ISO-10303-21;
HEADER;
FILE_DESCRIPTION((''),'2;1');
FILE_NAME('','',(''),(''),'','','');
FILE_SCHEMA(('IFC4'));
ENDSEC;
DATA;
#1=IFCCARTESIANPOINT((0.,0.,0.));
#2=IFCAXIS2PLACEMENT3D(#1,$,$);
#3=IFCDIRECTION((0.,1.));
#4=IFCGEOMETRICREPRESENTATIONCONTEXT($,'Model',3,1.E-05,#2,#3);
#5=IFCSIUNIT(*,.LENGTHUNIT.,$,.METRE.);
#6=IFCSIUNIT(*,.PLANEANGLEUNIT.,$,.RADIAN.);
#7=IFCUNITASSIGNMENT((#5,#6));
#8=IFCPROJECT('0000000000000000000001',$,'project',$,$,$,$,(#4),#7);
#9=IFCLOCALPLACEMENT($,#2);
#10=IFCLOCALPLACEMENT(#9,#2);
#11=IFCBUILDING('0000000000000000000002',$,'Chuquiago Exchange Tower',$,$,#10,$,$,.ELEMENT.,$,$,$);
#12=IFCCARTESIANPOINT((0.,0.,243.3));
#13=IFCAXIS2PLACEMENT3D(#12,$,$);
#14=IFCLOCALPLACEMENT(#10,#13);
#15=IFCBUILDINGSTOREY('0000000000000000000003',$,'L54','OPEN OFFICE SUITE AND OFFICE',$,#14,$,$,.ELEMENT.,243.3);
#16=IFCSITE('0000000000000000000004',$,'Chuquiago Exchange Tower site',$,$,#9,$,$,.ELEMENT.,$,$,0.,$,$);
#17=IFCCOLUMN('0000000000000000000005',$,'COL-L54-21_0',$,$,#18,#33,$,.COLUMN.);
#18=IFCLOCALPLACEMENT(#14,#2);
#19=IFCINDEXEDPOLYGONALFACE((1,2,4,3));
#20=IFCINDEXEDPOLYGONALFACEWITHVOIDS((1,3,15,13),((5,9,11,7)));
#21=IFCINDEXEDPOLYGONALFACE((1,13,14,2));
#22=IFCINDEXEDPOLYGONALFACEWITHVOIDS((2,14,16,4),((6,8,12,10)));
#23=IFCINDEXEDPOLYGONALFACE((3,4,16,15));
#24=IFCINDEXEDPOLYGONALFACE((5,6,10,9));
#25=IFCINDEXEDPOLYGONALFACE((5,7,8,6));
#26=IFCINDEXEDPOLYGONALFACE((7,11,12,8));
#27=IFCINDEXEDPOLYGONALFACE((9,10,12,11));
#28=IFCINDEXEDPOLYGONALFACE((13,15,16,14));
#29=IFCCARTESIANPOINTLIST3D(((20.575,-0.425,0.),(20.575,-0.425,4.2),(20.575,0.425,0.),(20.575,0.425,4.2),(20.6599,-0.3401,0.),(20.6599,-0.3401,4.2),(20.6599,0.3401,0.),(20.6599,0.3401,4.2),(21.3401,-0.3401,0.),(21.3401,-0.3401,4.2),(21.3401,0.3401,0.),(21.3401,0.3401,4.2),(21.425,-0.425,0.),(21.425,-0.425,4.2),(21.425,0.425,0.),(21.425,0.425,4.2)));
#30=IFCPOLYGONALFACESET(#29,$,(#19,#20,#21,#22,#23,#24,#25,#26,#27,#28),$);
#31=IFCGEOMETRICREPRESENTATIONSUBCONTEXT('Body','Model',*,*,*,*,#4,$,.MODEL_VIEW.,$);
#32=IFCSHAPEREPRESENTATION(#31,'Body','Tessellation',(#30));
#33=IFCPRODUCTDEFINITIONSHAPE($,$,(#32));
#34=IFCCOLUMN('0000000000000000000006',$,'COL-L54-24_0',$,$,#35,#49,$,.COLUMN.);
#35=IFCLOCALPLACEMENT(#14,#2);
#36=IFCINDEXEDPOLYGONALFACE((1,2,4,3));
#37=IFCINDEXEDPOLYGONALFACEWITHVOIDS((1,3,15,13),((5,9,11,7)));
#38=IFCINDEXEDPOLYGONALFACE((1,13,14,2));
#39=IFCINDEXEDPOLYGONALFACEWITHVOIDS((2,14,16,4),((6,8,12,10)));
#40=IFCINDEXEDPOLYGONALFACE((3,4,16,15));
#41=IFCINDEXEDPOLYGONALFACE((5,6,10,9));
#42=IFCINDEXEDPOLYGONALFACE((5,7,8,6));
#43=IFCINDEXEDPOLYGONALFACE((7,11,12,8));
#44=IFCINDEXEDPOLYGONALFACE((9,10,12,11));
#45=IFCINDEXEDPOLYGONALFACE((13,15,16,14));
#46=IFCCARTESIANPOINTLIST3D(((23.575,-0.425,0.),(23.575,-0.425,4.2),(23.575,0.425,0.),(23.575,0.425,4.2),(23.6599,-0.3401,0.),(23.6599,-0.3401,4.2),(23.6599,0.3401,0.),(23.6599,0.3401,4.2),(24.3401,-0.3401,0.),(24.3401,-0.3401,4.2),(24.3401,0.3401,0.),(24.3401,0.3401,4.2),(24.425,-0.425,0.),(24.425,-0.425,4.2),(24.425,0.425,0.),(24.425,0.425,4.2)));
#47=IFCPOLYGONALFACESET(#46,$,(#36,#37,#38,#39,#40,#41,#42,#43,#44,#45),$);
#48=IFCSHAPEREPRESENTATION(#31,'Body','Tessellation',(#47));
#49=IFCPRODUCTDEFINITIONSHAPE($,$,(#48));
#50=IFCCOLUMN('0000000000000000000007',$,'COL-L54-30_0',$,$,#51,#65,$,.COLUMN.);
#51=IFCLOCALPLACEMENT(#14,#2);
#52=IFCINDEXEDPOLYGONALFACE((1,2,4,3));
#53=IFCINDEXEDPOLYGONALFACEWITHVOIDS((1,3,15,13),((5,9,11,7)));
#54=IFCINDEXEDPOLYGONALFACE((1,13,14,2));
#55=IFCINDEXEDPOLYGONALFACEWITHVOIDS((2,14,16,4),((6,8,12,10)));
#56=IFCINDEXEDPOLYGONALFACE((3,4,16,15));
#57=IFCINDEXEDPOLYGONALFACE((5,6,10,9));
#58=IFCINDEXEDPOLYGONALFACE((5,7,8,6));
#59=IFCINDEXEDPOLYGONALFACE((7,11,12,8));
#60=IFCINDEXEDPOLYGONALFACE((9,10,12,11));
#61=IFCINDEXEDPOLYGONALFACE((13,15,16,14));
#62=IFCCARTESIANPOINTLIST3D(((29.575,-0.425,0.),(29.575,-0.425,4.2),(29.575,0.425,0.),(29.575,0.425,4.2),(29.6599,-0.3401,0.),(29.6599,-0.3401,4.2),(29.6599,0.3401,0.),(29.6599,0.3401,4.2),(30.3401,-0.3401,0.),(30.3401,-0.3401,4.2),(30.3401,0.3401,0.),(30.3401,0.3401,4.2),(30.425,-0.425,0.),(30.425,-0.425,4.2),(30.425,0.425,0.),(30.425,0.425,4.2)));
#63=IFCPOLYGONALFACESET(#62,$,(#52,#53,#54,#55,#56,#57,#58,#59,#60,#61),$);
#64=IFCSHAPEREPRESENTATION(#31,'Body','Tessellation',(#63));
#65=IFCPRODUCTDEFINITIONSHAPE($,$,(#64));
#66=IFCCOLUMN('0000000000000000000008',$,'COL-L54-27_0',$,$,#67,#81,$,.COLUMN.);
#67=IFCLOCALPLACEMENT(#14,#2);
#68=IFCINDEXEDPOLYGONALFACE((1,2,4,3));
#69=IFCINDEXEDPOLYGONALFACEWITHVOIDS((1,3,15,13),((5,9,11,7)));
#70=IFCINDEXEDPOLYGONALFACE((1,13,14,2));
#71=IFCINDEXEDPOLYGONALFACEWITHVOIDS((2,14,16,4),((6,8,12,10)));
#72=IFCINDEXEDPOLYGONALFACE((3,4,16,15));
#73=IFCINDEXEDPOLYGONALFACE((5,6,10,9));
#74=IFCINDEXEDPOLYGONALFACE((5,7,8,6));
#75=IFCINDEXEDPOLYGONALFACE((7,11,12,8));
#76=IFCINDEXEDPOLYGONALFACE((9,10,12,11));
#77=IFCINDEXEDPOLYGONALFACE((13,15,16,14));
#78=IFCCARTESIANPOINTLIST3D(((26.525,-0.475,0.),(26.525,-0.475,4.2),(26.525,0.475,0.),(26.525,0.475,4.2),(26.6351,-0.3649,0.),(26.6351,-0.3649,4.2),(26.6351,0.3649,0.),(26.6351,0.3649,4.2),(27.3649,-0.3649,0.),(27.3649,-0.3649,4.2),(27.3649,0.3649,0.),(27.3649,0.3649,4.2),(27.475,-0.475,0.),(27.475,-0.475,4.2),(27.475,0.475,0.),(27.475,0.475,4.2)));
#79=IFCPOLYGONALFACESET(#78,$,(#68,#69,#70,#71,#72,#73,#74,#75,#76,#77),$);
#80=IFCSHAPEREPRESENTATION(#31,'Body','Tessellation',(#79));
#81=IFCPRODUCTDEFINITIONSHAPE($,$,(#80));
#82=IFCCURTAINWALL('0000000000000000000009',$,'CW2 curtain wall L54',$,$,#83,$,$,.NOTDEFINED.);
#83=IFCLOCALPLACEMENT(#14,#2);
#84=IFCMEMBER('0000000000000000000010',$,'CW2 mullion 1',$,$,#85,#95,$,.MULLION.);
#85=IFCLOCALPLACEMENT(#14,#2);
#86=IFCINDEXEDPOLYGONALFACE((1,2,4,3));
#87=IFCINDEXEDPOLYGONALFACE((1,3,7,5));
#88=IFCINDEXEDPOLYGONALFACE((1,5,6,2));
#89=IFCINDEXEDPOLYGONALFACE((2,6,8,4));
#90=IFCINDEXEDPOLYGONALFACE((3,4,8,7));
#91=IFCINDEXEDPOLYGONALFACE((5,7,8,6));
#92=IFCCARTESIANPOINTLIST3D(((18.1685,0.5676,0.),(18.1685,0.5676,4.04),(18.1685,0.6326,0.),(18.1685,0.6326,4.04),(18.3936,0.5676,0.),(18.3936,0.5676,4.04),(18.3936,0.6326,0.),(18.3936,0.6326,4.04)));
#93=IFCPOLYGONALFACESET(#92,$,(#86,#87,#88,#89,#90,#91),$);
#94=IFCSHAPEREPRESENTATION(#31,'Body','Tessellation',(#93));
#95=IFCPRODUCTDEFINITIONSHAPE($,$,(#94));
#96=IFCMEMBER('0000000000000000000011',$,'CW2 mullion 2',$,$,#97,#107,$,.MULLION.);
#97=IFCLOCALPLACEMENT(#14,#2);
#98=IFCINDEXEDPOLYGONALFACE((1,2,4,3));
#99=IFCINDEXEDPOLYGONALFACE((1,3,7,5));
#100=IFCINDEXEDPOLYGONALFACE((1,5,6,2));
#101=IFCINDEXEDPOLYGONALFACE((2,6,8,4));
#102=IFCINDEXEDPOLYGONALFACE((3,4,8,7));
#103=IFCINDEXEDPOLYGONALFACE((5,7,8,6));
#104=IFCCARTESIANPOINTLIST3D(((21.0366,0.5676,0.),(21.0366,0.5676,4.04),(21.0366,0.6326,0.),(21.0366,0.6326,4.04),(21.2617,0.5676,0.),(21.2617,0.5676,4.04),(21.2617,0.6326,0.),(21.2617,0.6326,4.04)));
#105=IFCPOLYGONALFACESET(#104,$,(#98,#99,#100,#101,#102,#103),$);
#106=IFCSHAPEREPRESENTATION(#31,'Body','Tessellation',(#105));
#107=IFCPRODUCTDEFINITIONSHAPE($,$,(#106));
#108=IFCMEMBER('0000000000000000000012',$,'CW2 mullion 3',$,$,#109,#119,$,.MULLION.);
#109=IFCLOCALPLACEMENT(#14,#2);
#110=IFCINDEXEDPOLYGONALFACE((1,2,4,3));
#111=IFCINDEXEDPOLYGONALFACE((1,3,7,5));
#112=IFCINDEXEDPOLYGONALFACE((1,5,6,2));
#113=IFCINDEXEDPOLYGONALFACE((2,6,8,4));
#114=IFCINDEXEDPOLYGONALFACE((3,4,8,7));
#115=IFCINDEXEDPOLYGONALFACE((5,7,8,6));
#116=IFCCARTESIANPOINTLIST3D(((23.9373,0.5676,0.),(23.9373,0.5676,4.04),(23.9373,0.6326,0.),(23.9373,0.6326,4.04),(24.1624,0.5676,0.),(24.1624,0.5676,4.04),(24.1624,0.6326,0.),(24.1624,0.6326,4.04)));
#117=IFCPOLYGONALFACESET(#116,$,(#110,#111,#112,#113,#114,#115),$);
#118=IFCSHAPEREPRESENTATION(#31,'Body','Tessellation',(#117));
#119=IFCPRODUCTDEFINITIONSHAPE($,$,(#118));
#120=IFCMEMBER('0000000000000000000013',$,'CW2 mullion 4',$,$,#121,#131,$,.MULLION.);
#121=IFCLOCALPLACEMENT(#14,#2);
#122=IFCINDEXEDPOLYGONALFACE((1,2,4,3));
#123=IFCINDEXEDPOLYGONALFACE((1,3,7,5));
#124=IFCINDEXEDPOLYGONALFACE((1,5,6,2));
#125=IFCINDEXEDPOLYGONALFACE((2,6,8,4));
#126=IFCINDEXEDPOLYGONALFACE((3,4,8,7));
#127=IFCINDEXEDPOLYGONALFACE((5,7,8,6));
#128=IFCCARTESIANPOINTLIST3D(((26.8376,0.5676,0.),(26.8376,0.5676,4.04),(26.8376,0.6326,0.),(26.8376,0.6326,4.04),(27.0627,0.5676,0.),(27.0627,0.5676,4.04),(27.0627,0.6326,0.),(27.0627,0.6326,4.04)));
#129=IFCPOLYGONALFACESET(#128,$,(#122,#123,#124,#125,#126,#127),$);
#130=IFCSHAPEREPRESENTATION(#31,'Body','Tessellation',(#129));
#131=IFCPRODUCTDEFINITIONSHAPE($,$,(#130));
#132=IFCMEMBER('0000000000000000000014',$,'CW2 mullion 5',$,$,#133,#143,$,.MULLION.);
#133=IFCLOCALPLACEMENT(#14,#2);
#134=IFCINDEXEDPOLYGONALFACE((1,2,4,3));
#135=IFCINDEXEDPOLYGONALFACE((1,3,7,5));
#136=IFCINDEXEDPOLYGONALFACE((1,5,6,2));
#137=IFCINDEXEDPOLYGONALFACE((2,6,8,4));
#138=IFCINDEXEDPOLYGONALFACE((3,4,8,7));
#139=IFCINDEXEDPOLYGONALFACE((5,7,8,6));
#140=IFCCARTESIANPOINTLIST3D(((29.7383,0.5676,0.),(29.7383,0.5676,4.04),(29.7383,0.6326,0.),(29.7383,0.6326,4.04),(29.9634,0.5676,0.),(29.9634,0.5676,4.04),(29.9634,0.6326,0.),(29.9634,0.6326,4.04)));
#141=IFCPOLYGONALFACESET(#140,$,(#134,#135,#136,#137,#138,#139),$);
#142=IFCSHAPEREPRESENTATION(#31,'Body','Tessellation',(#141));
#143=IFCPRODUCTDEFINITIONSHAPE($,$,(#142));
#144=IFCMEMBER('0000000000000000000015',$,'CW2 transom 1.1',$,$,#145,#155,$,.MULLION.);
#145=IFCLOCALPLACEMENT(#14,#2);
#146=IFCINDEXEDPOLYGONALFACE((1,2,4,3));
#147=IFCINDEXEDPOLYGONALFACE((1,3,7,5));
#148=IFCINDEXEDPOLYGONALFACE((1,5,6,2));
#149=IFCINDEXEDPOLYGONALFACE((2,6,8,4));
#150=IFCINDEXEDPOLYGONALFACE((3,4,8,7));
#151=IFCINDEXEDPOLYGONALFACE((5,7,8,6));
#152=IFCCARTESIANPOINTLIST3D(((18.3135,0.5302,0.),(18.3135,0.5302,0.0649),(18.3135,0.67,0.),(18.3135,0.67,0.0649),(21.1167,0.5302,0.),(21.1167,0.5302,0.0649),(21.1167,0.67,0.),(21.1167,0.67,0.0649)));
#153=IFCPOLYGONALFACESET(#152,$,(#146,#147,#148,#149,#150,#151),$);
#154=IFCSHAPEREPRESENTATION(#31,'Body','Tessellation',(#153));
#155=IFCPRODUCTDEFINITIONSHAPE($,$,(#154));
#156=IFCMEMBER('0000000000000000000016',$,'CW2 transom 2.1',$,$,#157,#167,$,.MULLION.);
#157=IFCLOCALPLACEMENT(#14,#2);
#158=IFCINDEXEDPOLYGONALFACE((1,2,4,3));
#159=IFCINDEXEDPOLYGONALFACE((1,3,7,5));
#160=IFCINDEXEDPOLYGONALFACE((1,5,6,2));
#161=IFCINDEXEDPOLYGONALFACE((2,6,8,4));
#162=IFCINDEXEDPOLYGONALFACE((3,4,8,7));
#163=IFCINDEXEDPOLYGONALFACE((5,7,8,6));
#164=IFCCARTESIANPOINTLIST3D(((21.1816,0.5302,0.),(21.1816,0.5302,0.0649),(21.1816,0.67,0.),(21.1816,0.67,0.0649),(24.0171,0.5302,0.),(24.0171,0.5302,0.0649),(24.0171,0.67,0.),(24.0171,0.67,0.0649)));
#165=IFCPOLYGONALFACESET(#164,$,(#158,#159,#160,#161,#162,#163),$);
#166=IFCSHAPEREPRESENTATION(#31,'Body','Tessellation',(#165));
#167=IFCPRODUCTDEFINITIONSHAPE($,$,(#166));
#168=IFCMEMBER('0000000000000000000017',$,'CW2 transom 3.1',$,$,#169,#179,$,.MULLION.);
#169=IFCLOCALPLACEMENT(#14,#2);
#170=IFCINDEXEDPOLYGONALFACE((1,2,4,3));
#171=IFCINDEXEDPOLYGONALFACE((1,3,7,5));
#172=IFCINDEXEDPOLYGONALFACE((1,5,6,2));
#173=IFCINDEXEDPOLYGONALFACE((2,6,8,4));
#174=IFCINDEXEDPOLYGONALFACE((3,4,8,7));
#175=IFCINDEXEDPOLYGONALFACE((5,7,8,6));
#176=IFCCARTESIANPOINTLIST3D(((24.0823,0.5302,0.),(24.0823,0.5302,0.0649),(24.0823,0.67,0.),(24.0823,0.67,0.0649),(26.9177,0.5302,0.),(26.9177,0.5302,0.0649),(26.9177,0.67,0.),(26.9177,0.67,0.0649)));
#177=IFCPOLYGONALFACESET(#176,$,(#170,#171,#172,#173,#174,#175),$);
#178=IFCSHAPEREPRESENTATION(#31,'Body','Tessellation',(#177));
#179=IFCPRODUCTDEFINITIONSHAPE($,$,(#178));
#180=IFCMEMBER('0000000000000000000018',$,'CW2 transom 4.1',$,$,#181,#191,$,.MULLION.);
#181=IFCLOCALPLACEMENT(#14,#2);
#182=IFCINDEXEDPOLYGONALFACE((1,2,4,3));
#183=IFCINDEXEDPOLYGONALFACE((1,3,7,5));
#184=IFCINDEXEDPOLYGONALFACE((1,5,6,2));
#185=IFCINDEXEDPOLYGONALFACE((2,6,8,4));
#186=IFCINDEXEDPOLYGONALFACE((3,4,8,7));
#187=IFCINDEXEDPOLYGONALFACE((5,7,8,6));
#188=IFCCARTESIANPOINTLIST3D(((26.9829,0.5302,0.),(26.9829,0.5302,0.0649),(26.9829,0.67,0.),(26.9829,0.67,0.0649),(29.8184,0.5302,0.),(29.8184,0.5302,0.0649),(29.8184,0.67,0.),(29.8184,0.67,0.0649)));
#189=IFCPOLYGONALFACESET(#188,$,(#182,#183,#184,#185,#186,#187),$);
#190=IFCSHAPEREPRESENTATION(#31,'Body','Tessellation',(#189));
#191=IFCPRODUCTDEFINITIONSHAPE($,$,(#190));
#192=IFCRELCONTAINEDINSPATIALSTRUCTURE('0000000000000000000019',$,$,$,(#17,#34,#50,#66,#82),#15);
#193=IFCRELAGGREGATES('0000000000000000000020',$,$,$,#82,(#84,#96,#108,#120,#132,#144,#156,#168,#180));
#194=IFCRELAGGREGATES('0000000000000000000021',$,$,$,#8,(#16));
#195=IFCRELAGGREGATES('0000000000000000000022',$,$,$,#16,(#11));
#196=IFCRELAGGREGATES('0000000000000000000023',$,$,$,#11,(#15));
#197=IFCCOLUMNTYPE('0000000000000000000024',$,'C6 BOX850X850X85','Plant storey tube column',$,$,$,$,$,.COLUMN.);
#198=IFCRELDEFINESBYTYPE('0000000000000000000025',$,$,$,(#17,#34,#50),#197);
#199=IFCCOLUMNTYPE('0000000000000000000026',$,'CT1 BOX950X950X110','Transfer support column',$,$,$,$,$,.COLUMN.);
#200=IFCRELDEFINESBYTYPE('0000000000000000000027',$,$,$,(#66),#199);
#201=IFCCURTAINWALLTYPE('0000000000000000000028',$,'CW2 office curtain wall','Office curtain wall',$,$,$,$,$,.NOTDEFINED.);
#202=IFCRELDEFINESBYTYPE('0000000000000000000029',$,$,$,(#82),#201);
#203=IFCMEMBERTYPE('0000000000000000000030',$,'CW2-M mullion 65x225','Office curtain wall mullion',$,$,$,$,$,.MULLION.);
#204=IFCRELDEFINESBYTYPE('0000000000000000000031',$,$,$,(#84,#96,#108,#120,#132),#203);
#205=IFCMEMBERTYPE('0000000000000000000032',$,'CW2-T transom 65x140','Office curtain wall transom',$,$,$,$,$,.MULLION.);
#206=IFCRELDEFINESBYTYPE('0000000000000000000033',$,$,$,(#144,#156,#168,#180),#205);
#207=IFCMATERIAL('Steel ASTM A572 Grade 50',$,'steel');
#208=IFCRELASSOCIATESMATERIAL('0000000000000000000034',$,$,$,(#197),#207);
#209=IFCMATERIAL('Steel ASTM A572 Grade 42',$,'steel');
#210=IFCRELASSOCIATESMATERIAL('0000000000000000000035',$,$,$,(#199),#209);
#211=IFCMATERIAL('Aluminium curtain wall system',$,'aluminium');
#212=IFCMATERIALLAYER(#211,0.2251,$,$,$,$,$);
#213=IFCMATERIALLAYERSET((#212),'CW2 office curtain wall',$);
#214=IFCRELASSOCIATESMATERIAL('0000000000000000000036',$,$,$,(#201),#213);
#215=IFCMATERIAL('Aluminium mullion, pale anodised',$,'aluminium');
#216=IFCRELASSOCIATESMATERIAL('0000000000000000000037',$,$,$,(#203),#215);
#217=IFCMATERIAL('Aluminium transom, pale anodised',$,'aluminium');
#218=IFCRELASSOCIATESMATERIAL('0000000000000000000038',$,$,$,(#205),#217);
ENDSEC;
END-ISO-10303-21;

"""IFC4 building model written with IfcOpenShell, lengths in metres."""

from ifc_helpers import new_model, si_unit, direction, frame, origin, origin_2d, place, context, subcontext, project, spatial, rectangle, hollow_rectangle, extrude, material, layer, layer_set, material_profile, profile_set, type_object, element, aggregate, save


model = new_model("IFC4")

# Units and contexts
model_context = context("Model", 3, precision=1e-05, world=origin(), true_north=direction((0.0, 1.0)))
body_context = subcontext(model_context, "Body", "Model", "MODEL_VIEW")
ifc_project = project(units=[si_unit("LENGTHUNIT", "METRE"), si_unit("PLANEANGLEUNIT", "RADIAN")], contexts=[model_context])

# Site, building, storey
site_placement = place(None, origin())
site = spatial("IfcSite", under=ifc_project, at=site_placement, Name="Chuquiago Exchange Tower site", CompositionType="ELEMENT", RefElevation=0.0)
building_placement = place(site_placement, origin())
building = spatial("IfcBuilding", under=site, at=building_placement, Name="Chuquiago Exchange Tower", CompositionType="ELEMENT")
storey_placement = place(building_placement, frame((0.0, 0.0, 243.3)))
storey = spatial("IfcBuildingStorey", under=building, at=storey_placement, Name="L54", Description="OPEN OFFICE SUITE AND OFFICE", CompositionType="ELEMENT", Elevation=243.3)

# Columns
ifc_material_1 = material(Name="Steel ASTM A572 Grade 50", Category="steel")
ifc_material_profile_1 = material_profile(ifc_material_1, hollow_rectangle(XDim=0.8501, YDim=0.8501, WallThickness=0.085, at=origin_2d()), Name="BOX850X850X85")
ifc_profile_set_1 = profile_set([ifc_material_profile_1], Name="Steel ASTM A572 Grade 50")
column_type_1 = type_object("IfcColumnType", Name="C6 BOX850X850X85", Description="Plant storey tube column", PredefinedType="COLUMN", material=ifc_profile_set_1)
for number, where, z_axis, x_axis, name in (
    (1, (21.0, 0.0, 0.0), (0.0, 0.0, 1.0), (0.0, -1.0, 0.0), "COL-L54-21_0"),
    (2, (24.0, 0.0, 0.0), (0.0, 0.0, 1.0), (0.0, -1.0, 0.0), "COL-L54-24_0"),
    (3, (30.0, 0.0, 0.0), (0.0, 0.0, 1.0), (0.0, -1.0, 0.0), "COL-L54-30_0"),
):
    element("IfcColumn", number, at=place(storey_placement, frame(where, z_axis=z_axis, x_axis=x_axis)), inside=storey, type_object=column_type_1, Name=name, PredefinedType="COLUMN", context=body_context, shape_type="SweptSolid", body=[
        extrude(hollow_rectangle(XDim=0.8501, YDim=0.8501, WallThickness=0.085, at=origin_2d()), origin(), (0.0, 0.0, 1.0), 4.2),
    ])
ifc_material_2 = material(Name="Steel ASTM A572 Grade 42", Category="steel")
ifc_material_profile_2 = material_profile(ifc_material_2, hollow_rectangle(XDim=0.95, YDim=0.95, WallThickness=0.1101, at=origin_2d()), Name="BOX950X950X110")
ifc_profile_set_2 = profile_set([ifc_material_profile_2], Name="Steel ASTM A572 Grade 42")
column_type_2 = type_object("IfcColumnType", Name="CT1 BOX950X950X110", Description="Transfer support column", PredefinedType="COLUMN", material=ifc_profile_set_2)
column_placement = place(storey_placement, frame((27.0, 0.0, 0.0), z_axis=(0.0, 0.0, 1.0), x_axis=(0.0, -1.0, 0.0)))
element("IfcColumn", 4, at=column_placement, inside=storey, type_object=column_type_2, Name="COL-L54-27_0", PredefinedType="COLUMN", context=body_context, shape_type="SweptSolid", body=[
    extrude(hollow_rectangle(XDim=0.95, YDim=0.95, WallThickness=0.1101, at=origin_2d()), origin(), (0.0, 0.0, 1.0), 4.2),
])

# Curtain wall, members
ifc_material_3 = material(Name="Aluminium curtain wall system", Category="aluminium")
ifc_layer_1 = layer(ifc_material_3, 0.2251)
ifc_layer_set_1 = layer_set([ifc_layer_1], Name="CW2 office curtain wall")
curtain_wall_type_1 = type_object("IfcCurtainWallType", Name="CW2 office curtain wall", Description="Office curtain wall", PredefinedType="NOTDEFINED", material=ifc_layer_set_1)
curtain_wall_1_placement = place(storey_placement, origin())
curtain_wall_1 = element("IfcCurtainWall", 5, at=curtain_wall_1_placement, inside=storey, type_object=curtain_wall_type_1, Name="CW2 curtain wall L54", PredefinedType="NOTDEFINED")
ifc_material_4 = material(Name="Aluminium mullion, pale anodised", Category="aluminium")
ifc_material_profile_3 = material_profile(ifc_material_4, rectangle(XDim=0.0649, YDim=0.2251, at=origin_2d()), Name="AL 65x225")
ifc_profile_set_3 = profile_set([ifc_material_profile_3], Name="Aluminium mullion, pale anodised")
member_type_1 = type_object("IfcMemberType", Name="CW2-M mullion 65x225", Description="Office curtain wall mullion", PredefinedType="MULLION", material=ifc_profile_set_3)
member_1_placement = place(storey_placement, frame((18.281, 0.6001, 0.0), z_axis=(0.0, 0.0, 1.0), x_axis=(0.0, 1.0, 0.0)))
member_1 = element("IfcMember", 6, at=member_1_placement, type_object=member_type_1, Name="CW2 mullion 1", PredefinedType="MULLION", context=body_context, shape_type="SweptSolid", body=[
    extrude(rectangle(XDim=0.0649, YDim=0.2251, at=origin_2d()), origin(), (0.0, 0.0, 1.0), 4.04),
])
member_2_placement = place(storey_placement, frame((21.1492, 0.6001, 0.0), z_axis=(0.0, 0.0, 1.0), x_axis=(0.0, 1.0, 0.0)))
member_2 = element("IfcMember", 7, at=member_2_placement, type_object=member_type_1, Name="CW2 mullion 2", PredefinedType="MULLION", context=body_context, shape_type="SweptSolid", body=[
    extrude(rectangle(XDim=0.0649, YDim=0.2251, at=origin_2d()), origin(), (0.0, 0.0, 1.0), 4.04),
])
member_3_placement = place(storey_placement, frame((24.0498, 0.6001, 0.0), z_axis=(0.0, 0.0, 1.0), x_axis=(0.0, 1.0, 0.0)))
member_3 = element("IfcMember", 8, at=member_3_placement, type_object=member_type_1, Name="CW2 mullion 3", PredefinedType="MULLION", context=body_context, shape_type="SweptSolid", body=[
    extrude(rectangle(XDim=0.0649, YDim=0.2251, at=origin_2d()), origin(), (0.0, 0.0, 1.0), 4.04),
])
member_4_placement = place(storey_placement, frame((26.9502, 0.6001, 0.0), z_axis=(0.0, 0.0, 1.0), x_axis=(0.0, 1.0, 0.0)))
member_4 = element("IfcMember", 9, at=member_4_placement, type_object=member_type_1, Name="CW2 mullion 4", PredefinedType="MULLION", context=body_context, shape_type="SweptSolid", body=[
    extrude(rectangle(XDim=0.0649, YDim=0.2251, at=origin_2d()), origin(), (0.0, 0.0, 1.0), 4.04),
])
member_5_placement = place(storey_placement, frame((29.8508, 0.6001, 0.0), z_axis=(0.0, 0.0, 1.0), x_axis=(0.0, 1.0, 0.0)))
member_5 = element("IfcMember", 10, at=member_5_placement, type_object=member_type_1, Name="CW2 mullion 5", PredefinedType="MULLION", context=body_context, shape_type="SweptSolid", body=[
    extrude(rectangle(XDim=0.0649, YDim=0.2251, at=origin_2d()), origin(), (0.0, 0.0, 1.0), 4.04),
])
ifc_material_5 = material(Name="Aluminium transom, pale anodised", Category="aluminium")
ifc_material_profile_4 = material_profile(ifc_material_5, rectangle(XDim=0.1399, YDim=0.0649, at=origin_2d()), Name="AL 140x65")
ifc_profile_set_4 = profile_set([ifc_material_profile_4], Name="Aluminium transom, pale anodised")
member_type_2 = type_object("IfcMemberType", Name="CW2-T transom 65x140", Description="Office curtain wall transom", PredefinedType="MULLION", material=ifc_profile_set_4)
member_6_placement = place(storey_placement, frame((18.3135, 0.6001, 0.0325), z_axis=(1.0, 0.0, 0.0), x_axis=(0.0, 1.0, 0.0)))
member_6 = element("IfcMember", 11, at=member_6_placement, type_object=member_type_2, Name="CW2 transom 1.1", PredefinedType="MULLION", context=body_context, shape_type="SweptSolid", body=[
    extrude(rectangle(XDim=0.1399, YDim=0.0649, at=origin_2d()), origin(), (0.0, 0.0, 1.0), 2.8032),
])
member_7_placement = place(storey_placement, frame((21.1816, 0.6001, 0.0325), z_axis=(1.0, 0.0, 0.0), x_axis=(0.0, 1.0, 0.0)))
member_7 = element("IfcMember", 12, at=member_7_placement, type_object=member_type_2, Name="CW2 transom 2.1", PredefinedType="MULLION", context=body_context, shape_type="SweptSolid", body=[
    extrude(rectangle(XDim=0.1399, YDim=0.0649, at=origin_2d()), origin(), (0.0, 0.0, 1.0), 2.8354),
])
member_8_placement = place(storey_placement, frame((24.0823, 0.6001, 0.0325), z_axis=(1.0, 0.0, 0.0), x_axis=(0.0, 1.0, 0.0)))
member_8 = element("IfcMember", 13, at=member_8_placement, type_object=member_type_2, Name="CW2 transom 3.1", PredefinedType="MULLION", context=body_context, shape_type="SweptSolid", body=[
    extrude(rectangle(XDim=0.1399, YDim=0.0649, at=origin_2d()), origin(), (0.0, 0.0, 1.0), 2.8354),
])
member_9_placement = place(storey_placement, frame((26.9829, 0.6001, 0.0325), z_axis=(1.0, 0.0, 0.0), x_axis=(0.0, 1.0, 0.0)))
member_9 = element("IfcMember", 14, at=member_9_placement, type_object=member_type_2, Name="CW2 transom 4.1", PredefinedType="MULLION", context=body_context, shape_type="SweptSolid", body=[
    extrude(rectangle(XDim=0.1399, YDim=0.0649, at=origin_2d()), origin(), (0.0, 0.0, 1.0), 2.8354),
])

aggregate(curtain_wall_1, [member_1, member_2, member_3, member_4, member_5, member_6, member_7, member_8, member_9])

save(model, "model.ifc")
